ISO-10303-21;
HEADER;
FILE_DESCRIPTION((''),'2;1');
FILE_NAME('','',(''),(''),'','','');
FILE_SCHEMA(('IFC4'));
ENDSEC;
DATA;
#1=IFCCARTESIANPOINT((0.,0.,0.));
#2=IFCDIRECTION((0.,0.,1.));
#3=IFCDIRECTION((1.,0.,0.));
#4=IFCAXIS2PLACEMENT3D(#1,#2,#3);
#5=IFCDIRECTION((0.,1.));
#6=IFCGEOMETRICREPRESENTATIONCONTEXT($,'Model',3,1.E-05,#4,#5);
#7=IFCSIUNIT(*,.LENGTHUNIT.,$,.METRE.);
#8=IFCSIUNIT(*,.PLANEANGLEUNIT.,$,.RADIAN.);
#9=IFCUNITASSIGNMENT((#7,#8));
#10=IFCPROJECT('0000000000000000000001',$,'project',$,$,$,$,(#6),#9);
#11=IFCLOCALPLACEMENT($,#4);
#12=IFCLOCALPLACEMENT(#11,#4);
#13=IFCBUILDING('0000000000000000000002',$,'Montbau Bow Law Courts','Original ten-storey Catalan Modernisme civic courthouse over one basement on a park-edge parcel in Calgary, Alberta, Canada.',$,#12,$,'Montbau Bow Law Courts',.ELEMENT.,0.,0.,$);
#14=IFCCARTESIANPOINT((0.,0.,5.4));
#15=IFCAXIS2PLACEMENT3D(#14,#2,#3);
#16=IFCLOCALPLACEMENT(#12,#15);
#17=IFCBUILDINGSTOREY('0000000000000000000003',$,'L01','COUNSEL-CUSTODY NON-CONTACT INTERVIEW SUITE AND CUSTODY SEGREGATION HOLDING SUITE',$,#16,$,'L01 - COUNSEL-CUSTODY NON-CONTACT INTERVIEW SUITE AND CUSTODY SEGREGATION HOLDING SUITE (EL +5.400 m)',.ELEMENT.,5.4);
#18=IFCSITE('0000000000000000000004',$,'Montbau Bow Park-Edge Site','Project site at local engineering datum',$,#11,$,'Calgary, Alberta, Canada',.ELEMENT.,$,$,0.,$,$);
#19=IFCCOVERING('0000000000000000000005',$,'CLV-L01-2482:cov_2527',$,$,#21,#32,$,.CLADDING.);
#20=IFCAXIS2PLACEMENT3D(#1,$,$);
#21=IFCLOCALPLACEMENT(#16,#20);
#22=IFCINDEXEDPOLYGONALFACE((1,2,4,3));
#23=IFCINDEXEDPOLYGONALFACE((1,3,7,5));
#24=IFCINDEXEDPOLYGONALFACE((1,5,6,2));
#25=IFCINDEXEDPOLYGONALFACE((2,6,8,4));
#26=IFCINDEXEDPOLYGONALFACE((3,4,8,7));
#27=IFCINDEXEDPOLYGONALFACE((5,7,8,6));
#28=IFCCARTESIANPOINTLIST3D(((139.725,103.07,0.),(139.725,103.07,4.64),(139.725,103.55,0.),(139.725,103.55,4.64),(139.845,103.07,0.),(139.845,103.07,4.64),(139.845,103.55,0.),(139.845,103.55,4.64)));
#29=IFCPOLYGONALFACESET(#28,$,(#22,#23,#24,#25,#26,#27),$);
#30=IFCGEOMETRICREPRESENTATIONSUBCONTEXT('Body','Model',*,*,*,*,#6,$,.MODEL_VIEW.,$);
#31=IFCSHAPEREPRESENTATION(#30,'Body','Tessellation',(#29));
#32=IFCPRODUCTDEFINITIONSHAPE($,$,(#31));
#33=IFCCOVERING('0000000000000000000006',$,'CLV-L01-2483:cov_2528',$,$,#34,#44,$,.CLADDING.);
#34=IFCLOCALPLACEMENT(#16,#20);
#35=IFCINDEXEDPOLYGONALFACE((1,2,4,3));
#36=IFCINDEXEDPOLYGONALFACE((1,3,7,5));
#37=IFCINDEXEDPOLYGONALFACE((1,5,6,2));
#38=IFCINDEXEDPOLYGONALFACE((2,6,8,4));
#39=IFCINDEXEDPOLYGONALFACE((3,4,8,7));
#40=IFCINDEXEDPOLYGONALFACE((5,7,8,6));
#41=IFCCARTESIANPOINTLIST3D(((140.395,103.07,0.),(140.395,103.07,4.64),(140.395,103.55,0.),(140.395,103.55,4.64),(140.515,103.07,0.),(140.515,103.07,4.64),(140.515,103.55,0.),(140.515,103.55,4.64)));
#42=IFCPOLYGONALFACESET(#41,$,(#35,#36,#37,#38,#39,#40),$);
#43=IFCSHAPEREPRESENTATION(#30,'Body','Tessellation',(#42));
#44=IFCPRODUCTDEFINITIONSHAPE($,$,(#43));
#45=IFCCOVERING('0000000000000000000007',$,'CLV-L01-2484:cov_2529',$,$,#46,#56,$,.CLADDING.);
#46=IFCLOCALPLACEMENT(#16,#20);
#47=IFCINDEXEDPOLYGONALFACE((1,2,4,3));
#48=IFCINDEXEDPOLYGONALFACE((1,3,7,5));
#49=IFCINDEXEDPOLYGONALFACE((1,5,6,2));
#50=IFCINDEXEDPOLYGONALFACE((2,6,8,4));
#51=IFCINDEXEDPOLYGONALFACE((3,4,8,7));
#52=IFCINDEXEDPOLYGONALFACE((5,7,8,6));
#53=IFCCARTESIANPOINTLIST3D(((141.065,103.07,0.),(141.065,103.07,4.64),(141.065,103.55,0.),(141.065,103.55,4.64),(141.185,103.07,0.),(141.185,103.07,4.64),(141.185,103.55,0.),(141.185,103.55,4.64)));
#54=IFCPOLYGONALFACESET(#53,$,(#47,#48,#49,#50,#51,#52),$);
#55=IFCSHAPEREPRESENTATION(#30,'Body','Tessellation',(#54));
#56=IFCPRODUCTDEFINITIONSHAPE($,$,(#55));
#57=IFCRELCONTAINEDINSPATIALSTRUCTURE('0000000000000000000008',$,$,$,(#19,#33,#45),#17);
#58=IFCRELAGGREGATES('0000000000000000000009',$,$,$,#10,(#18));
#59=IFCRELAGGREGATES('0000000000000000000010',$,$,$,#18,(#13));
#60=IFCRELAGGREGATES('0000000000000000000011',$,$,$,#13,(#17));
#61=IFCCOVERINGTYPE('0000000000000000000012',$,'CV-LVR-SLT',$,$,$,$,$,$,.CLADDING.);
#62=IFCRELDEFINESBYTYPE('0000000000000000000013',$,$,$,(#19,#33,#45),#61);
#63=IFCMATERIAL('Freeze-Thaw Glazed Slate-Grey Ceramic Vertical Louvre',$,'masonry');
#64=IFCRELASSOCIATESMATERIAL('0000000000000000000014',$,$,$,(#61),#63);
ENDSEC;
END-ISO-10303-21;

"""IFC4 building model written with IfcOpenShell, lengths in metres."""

from ifc_helpers import new_model, si_unit, direction, frame, frame_2d, origin_with_axes, place, context, subcontext, project, spatial, rectangle, extrude, material, type_object, element, save


model = new_model("IFC4")

# Units and contexts
model_context = context("Model", 3, precision=1e-05, world=origin_with_axes(), true_north=direction((0.0, 1.0)))
body_context = subcontext(model_context, "Body", "Model", "MODEL_VIEW")
ifc_project = project(units=[si_unit("LENGTHUNIT", "METRE"), si_unit("PLANEANGLEUNIT", "RADIAN")], contexts=[model_context])

# Site, building, storey
site_placement = place(None, origin_with_axes())
site = spatial("IfcSite", under=ifc_project, at=site_placement, Name="Montbau Bow Park-Edge Site", Description="Project site at local engineering datum", LongName="Calgary, Alberta, Canada", CompositionType="ELEMENT", RefElevation=0.0)
building_placement = place(site_placement, origin_with_axes())
building = spatial("IfcBuilding", under=site, at=building_placement, Name="Montbau Bow Law Courts", Description="Original ten-storey Catalan Modernisme civic courthouse over one basement on a park-edge parcel in Calgary, Alberta, Canada.", LongName="Montbau Bow Law Courts", CompositionType="ELEMENT", ElevationOfRefHeight=0.0, ElevationOfTerrain=0.0)
storey_placement = place(building_placement, frame((0.0, 0.0, 5.4), z_axis=(0.0, 0.0, 1.0), x_axis=(1.0, 0.0, 0.0)))
storey = spatial("IfcBuildingStorey", under=building, at=storey_placement, Name="L01", Description="COUNSEL-CUSTODY NON-CONTACT INTERVIEW SUITE AND CUSTODY SEGREGATION HOLDING SUITE", LongName="L01 - COUNSEL-CUSTODY NON-CONTACT INTERVIEW SUITE AND CUSTODY SEGREGATION HOLDING SUITE (EL +5.400 m)", CompositionType="ELEMENT", Elevation=5.4)

# Coverings
ifc_material_1 = material(Name="Freeze-Thaw Glazed Slate-Grey Ceramic Vertical Louvre", Category="masonry")
covering_type = type_object("IfcCoveringType", Name="CV-LVR-SLT", PredefinedType="CLADDING", material=ifc_material_1)
for number, where, z_axis, x_axis, name in (
    (1, (139.785, 103.07, 5.4), (1.0, 0.0, 0.0), (0.0, 1.0, 0.0), "CLV-L01-2482:cov_2527"),
    (2, (140.455, 103.07, 5.4), (1.0, 0.0, 0.0), (0.0, 1.0, 0.0), "CLV-L01-2483:cov_2528"),
    (3, (141.125, 103.07, 5.4), (1.0, 0.0, 0.0), (0.0, 1.0, 0.0), "CLV-L01-2484:cov_2529"),
):
    element("IfcCovering", number, at=place(None, frame(where, z_axis=z_axis, x_axis=x_axis)), inside=storey, type_object=covering_type, Name=name, PredefinedType="CLADDING", context=body_context, shape_type="SweptSolid", body=[
        extrude(rectangle(XDim=0.48, YDim=4.64, at=frame_2d((0.24, 2.32), x_axis=(1.0, 0.0))), frame((0.0, 0.0, -0.06), z_axis=(0.0, 0.0, 1.0), x_axis=(1.0, 0.0, 0.0)), (0.0, 0.0, 1.0), 0.12),
    ])

save(model, "model.ifc")
